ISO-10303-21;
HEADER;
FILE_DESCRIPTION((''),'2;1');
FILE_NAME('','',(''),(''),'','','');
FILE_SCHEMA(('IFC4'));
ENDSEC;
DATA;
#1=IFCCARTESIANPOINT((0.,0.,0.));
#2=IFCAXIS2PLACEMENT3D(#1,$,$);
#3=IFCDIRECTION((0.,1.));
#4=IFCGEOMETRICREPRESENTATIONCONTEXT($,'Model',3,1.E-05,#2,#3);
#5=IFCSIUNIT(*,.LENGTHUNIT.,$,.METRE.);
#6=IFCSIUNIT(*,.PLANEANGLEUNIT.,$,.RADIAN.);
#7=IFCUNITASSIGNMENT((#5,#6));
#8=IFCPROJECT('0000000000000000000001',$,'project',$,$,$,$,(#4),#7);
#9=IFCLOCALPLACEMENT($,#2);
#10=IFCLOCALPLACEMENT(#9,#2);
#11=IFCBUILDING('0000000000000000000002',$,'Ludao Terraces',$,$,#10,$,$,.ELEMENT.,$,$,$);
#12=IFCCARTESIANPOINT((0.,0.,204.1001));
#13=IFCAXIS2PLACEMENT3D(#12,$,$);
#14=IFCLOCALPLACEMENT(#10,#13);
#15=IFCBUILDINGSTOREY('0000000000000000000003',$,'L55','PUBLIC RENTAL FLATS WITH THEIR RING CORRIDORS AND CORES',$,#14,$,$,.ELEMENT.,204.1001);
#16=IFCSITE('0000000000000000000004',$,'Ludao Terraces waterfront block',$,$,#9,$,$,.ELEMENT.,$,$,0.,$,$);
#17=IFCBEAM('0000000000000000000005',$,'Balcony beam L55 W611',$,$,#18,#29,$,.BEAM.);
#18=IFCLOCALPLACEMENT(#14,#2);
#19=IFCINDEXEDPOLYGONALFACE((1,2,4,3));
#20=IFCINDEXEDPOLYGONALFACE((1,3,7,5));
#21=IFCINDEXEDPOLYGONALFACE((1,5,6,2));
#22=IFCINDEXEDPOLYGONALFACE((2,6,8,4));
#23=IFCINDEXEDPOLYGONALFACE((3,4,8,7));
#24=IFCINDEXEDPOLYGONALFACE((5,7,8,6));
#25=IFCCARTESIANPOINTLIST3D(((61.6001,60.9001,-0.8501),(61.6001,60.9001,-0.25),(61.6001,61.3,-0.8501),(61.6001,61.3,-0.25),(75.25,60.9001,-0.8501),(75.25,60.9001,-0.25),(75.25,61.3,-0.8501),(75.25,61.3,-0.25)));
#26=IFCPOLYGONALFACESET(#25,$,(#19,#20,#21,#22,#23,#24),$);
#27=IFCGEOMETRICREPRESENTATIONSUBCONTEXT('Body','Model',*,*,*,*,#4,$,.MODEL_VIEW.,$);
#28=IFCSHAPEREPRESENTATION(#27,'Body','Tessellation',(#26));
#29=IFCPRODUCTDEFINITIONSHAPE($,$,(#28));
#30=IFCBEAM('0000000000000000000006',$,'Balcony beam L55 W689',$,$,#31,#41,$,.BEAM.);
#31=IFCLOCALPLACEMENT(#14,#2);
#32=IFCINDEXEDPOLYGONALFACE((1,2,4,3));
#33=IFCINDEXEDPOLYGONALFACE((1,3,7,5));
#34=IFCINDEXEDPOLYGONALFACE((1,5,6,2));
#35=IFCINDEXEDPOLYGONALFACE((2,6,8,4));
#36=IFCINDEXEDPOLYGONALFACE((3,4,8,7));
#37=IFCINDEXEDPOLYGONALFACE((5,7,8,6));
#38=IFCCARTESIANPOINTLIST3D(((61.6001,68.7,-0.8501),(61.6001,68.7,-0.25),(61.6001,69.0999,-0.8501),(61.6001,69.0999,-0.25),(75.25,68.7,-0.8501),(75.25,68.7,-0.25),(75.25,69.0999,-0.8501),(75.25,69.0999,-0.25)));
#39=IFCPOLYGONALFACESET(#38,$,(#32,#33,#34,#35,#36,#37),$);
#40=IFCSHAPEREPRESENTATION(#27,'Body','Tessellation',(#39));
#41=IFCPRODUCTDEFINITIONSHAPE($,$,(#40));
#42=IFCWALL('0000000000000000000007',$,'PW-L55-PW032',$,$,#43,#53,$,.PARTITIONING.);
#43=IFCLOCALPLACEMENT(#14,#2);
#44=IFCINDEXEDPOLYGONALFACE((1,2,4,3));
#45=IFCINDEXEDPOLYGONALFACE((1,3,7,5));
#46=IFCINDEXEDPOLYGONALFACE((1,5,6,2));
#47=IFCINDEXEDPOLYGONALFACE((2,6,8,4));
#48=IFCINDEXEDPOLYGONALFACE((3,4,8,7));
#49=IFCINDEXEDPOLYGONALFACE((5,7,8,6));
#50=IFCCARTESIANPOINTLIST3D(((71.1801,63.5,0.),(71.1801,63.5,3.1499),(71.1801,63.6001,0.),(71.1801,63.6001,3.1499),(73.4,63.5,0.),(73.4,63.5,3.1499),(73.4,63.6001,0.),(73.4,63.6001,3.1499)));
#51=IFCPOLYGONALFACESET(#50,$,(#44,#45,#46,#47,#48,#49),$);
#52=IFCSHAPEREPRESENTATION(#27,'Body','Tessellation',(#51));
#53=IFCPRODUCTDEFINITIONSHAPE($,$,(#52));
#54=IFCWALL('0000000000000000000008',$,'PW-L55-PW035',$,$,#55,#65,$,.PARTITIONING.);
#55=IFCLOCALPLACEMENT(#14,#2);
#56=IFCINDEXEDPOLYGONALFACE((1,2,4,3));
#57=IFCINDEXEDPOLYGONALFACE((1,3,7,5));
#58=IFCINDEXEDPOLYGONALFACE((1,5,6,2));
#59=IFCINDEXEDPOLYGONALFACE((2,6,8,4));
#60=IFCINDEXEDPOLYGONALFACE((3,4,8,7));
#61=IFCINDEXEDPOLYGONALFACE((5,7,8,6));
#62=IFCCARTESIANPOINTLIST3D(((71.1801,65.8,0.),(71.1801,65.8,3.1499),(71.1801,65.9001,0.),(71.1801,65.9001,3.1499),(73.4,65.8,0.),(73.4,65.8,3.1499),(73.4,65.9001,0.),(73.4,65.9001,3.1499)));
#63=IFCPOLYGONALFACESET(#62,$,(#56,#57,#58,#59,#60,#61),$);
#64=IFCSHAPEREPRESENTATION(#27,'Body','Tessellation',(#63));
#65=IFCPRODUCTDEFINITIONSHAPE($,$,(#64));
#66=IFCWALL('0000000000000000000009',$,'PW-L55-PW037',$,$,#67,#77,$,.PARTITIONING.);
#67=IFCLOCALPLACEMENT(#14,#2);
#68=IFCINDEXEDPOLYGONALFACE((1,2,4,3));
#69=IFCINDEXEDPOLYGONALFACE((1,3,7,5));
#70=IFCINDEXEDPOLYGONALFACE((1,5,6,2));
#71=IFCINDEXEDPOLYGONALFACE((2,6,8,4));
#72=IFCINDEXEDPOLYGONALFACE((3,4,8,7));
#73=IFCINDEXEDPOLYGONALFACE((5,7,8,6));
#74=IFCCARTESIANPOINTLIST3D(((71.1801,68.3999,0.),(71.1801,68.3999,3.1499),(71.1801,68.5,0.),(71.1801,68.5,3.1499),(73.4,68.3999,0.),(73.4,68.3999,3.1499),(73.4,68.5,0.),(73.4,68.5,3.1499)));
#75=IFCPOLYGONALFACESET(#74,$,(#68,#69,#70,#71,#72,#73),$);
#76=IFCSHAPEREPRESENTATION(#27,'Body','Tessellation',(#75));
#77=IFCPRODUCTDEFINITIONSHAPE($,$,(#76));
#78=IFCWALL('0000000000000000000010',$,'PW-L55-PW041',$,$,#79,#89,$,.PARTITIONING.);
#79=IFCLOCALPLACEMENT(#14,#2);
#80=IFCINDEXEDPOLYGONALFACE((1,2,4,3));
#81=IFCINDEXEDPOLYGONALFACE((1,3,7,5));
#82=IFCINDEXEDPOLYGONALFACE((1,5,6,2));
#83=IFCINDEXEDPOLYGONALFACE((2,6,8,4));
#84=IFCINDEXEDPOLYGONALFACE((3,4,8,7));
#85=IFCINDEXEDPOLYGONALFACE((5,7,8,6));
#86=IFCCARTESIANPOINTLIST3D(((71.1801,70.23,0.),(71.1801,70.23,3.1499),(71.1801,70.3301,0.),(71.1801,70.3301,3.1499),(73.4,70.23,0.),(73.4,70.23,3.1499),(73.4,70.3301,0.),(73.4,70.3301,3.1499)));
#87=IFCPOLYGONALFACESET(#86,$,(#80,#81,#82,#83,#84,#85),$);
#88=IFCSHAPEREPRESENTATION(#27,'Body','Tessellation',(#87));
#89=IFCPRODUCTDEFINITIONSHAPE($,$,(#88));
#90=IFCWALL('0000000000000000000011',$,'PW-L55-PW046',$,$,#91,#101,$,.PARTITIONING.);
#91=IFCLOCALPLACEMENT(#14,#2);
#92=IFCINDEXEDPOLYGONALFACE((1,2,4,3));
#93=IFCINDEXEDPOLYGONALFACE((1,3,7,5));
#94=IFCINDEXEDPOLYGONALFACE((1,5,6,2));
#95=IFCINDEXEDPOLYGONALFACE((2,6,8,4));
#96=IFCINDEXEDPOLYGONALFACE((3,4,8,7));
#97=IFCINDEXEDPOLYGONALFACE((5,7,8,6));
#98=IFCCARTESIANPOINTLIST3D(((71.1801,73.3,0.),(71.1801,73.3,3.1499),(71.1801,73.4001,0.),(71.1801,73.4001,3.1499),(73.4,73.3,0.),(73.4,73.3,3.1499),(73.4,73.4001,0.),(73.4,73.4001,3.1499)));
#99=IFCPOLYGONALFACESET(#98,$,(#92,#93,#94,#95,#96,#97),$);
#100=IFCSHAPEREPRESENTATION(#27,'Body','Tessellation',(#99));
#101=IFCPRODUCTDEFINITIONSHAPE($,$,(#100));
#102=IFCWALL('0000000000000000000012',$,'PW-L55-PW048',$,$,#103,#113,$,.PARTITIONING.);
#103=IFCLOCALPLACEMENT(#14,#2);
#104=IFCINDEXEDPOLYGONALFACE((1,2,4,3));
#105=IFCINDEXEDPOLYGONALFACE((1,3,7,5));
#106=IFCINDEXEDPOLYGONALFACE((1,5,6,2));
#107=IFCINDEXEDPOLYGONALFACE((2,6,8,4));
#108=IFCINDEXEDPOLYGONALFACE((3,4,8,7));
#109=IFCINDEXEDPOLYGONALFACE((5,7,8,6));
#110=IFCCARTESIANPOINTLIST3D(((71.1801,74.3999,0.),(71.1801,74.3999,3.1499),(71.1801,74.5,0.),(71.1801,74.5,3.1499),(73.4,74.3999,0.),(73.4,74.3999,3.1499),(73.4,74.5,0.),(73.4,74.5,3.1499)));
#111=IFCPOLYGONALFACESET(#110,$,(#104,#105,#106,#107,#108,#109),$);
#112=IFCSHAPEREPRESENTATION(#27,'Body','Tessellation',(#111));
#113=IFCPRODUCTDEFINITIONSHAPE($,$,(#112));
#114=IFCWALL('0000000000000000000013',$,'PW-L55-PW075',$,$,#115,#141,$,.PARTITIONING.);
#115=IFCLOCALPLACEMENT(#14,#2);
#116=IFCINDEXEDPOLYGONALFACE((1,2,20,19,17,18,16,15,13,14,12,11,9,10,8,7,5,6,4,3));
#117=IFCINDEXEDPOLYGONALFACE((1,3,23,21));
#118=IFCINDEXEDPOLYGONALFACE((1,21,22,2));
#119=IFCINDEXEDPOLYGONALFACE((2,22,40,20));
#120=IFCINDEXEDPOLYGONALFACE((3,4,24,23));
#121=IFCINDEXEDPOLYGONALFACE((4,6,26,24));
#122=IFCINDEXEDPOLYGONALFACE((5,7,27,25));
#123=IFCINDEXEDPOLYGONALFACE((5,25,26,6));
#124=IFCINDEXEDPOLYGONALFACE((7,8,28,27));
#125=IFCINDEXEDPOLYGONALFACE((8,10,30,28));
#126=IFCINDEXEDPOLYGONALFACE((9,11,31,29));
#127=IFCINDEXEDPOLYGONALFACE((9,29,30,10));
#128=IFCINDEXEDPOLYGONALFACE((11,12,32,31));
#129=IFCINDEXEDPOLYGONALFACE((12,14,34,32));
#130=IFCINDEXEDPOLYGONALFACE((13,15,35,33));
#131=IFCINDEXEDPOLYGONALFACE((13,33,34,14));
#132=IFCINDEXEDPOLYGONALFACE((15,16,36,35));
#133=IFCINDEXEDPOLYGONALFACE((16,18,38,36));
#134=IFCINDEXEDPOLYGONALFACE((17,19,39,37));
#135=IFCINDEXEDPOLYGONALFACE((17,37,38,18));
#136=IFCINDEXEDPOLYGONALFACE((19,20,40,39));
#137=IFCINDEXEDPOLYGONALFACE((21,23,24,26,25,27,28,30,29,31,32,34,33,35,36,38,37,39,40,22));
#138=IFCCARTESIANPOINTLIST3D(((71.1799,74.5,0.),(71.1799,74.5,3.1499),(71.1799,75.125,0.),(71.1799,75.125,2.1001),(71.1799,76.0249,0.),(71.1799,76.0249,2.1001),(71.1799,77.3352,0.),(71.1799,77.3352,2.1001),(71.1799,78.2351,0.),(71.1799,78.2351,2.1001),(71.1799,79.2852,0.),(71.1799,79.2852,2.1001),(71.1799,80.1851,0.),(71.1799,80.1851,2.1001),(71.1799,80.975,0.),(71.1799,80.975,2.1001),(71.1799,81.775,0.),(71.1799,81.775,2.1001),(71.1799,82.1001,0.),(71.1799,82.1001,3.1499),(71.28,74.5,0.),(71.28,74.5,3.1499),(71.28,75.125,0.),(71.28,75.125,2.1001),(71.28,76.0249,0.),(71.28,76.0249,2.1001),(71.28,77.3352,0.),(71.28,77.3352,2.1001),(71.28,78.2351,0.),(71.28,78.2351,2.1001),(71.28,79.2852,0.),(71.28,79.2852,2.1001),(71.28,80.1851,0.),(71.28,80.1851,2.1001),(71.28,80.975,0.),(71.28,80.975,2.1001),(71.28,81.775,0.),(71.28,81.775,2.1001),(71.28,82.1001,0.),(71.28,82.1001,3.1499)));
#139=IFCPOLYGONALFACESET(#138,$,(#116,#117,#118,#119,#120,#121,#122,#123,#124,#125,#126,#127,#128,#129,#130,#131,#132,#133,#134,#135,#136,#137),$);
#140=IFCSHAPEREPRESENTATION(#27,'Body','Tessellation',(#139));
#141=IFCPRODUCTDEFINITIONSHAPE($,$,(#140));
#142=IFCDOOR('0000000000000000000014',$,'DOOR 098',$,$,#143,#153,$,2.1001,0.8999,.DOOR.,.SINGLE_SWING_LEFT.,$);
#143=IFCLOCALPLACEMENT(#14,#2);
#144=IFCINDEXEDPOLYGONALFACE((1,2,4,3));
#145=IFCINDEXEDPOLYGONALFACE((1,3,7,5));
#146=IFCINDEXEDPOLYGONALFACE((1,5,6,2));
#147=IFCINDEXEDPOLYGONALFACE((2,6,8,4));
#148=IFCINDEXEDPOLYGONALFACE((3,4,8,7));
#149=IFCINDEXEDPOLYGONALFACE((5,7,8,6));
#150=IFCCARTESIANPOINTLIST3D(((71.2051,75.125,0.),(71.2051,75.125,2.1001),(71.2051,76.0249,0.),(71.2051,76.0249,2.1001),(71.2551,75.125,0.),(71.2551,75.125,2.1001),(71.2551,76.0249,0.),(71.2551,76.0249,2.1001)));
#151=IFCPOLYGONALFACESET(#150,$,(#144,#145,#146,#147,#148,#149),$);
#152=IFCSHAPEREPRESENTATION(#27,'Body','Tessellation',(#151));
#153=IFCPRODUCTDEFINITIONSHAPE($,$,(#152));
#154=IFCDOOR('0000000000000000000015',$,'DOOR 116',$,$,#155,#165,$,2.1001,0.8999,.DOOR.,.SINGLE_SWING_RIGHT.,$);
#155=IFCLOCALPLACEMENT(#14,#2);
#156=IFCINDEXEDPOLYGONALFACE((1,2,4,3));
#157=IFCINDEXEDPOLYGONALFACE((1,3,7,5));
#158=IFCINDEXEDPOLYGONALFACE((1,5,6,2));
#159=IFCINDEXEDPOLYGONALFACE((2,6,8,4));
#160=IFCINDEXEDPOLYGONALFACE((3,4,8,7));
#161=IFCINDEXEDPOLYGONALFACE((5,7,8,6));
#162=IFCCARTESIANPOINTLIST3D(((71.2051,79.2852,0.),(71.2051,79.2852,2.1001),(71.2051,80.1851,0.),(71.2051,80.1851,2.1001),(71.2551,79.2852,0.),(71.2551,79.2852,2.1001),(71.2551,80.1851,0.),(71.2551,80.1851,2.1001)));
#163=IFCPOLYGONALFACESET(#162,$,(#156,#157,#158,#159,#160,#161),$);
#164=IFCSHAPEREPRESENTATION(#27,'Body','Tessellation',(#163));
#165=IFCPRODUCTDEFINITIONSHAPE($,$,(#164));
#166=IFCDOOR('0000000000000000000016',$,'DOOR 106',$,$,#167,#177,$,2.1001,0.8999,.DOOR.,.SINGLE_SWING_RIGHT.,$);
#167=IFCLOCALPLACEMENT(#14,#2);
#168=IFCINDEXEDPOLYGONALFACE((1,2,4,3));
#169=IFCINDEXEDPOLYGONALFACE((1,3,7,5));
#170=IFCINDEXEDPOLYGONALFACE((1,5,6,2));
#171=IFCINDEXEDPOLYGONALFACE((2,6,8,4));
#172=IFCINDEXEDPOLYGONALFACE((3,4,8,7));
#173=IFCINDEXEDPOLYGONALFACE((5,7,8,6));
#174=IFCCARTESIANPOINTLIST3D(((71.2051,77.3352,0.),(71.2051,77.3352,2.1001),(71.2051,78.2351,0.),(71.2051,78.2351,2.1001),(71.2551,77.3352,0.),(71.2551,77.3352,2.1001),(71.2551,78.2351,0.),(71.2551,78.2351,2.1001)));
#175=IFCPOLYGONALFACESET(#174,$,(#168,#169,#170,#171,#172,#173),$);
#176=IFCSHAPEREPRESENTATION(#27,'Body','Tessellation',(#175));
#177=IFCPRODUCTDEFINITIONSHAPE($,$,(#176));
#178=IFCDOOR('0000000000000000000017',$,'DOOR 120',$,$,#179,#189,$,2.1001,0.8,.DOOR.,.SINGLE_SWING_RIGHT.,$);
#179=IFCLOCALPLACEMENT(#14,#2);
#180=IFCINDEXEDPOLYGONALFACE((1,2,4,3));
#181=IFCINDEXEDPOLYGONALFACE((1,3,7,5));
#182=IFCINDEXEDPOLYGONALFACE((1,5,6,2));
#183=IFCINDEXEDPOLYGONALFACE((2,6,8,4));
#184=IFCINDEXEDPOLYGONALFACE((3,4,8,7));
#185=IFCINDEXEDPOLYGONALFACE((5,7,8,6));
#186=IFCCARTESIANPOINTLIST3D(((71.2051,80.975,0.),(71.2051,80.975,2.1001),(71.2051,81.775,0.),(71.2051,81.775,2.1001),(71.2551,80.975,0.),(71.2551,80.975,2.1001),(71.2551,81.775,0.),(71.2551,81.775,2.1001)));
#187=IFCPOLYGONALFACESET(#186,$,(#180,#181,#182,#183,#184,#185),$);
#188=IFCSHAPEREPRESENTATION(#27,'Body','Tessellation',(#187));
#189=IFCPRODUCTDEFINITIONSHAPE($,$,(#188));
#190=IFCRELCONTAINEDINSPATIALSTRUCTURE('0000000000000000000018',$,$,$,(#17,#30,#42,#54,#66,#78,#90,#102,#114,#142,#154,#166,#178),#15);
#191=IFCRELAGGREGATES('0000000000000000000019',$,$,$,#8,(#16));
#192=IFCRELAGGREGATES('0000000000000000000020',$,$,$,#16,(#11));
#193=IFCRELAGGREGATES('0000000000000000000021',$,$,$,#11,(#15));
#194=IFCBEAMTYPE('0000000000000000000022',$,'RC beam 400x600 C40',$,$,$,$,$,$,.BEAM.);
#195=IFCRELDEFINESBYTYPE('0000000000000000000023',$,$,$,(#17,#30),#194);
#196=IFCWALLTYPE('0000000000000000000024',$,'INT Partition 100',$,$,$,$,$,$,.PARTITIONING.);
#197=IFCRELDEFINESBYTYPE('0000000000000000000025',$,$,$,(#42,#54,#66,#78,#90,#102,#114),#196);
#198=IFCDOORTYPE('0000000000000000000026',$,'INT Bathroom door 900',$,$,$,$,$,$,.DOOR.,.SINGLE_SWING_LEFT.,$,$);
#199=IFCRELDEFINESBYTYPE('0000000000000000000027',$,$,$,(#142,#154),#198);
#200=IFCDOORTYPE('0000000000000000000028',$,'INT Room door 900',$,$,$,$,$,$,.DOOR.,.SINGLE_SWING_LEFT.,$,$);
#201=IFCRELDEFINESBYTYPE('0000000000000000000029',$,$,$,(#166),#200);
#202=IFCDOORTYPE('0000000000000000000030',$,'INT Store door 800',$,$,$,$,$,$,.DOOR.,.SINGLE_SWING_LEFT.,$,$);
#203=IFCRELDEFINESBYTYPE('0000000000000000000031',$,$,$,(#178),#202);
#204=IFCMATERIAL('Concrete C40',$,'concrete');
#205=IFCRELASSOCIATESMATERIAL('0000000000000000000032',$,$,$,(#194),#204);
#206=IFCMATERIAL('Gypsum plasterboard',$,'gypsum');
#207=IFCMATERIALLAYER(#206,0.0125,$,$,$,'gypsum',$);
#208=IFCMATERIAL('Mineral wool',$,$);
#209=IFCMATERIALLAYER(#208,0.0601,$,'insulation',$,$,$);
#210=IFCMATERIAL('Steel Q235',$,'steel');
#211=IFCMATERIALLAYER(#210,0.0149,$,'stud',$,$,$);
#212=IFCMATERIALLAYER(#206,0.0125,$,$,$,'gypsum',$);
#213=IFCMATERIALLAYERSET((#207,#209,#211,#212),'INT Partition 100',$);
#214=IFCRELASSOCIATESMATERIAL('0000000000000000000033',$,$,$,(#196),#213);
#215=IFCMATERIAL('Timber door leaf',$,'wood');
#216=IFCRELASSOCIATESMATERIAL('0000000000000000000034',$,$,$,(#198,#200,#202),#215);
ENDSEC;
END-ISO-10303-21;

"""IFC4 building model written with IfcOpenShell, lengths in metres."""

from ifc_helpers import new_model, si_unit, direction, frame, frame_2d, origin, origin_2d, place, context, subcontext, project, spatial, rectangle, extrude, material, layer, layer_set, material_profile, profile_set, type_object, element, fill, save


model = new_model("IFC4")

# Units and contexts
model_context = context("Model", 3, precision=1e-05, world=origin(), true_north=direction((0.0, 1.0)))
body_context = subcontext(model_context, "Body", "Model", "MODEL_VIEW")
ifc_project = project(units=[si_unit("LENGTHUNIT", "METRE"), si_unit("PLANEANGLEUNIT", "RADIAN")], contexts=[model_context])

# Site, building, storey
site_placement = place(None, origin())
site = spatial("IfcSite", under=ifc_project, at=site_placement, Name="Ludao Terraces waterfront block", CompositionType="ELEMENT", RefElevation=0.0)
building_placement = place(site_placement, origin())
building = spatial("IfcBuilding", under=site, at=building_placement, Name="Ludao Terraces", CompositionType="ELEMENT")
storey_placement = place(building_placement, frame((0.0, 0.0, 204.1001)))
storey = spatial("IfcBuildingStorey", under=building, at=storey_placement, Name="L55", Description="PUBLIC RENTAL FLATS WITH THEIR RING CORRIDORS AND CORES", CompositionType="ELEMENT", Elevation=204.1001)

# Beams
ifc_material_1 = material(Name="Concrete C40", Category="concrete")
ifc_material_profile = material_profile(ifc_material_1, rectangle(XDim=0.3999, YDim=0.6001, at=origin_2d()), Name="400 X 600")
ifc_profile_set = profile_set([ifc_material_profile], Name="Concrete C40")
beam_type = type_object("IfcBeamType", Name="RC beam 400x600 C40", PredefinedType="BEAM", material=ifc_profile_set)
for number, where, z_axis, x_axis, name in (
    (1, (75.25, 61.1001, -0.55), (-1.0, 0.0, 0.0), (0.0, -1.0, 0.0), "Balcony beam L55 W611"),
    (2, (75.25, 68.8999, -0.55), (-1.0, 0.0, 0.0), (0.0, -1.0, 0.0), "Balcony beam L55 W689"),
):
    element("IfcBeam", number, at=place(storey_placement, frame(where, z_axis=z_axis, x_axis=x_axis)), inside=storey, type_object=beam_type, Name=name, PredefinedType="BEAM", context=body_context, shape_type="SweptSolid", body=[
        extrude(rectangle(XDim=0.3999, YDim=0.6001, at=origin_2d()), origin(), (0.0, 0.0, 1.0), 13.6499),
    ])

# Walls
ifc_material_2 = material(Name="Gypsum plasterboard", Category="gypsum")
ifc_layer_1 = layer(ifc_material_2, 0.0125, Category="gypsum")
ifc_material_3 = material(Name="Mineral wool")
ifc_layer_2 = layer(ifc_material_3, 0.0601, Name="insulation")
ifc_material_4 = material(Name="Steel Q235", Category="steel")
ifc_layer_3 = layer(ifc_material_4, 0.0149, Name="stud")
ifc_layer_4 = layer(ifc_material_2, 0.0125, Category="gypsum")
ifc_layer_set_1 = layer_set([ifc_layer_1, ifc_layer_2, ifc_layer_3, ifc_layer_4], Name="INT Partition 100")
wall_type_1 = type_object("IfcWallType", Name="INT Partition 100", PredefinedType="PARTITIONING", material=ifc_layer_set_1)
for number, where, z_axis, x_axis, name in (
    (3, (71.1802, 63.55, 0.0), (0.0, 0.0, 1.0), (1.0, 0.0, 0.0), "PW-L55-PW032"),
    (4, (71.1802, 65.8501, 0.0), (0.0, 0.0, 1.0), (1.0, 0.0, 0.0), "PW-L55-PW035"),
    (5, (71.1802, 68.45, 0.0), (0.0, 0.0, 1.0), (1.0, 0.0, 0.0), "PW-L55-PW037"),
    (6, (71.1802, 70.28, 0.0), (0.0, 0.0, 1.0), (1.0, 0.0, 0.0), "PW-L55-PW041"),
    (7, (71.1802, 73.3501, 0.0), (0.0, 0.0, 1.0), (1.0, 0.0, 0.0), "PW-L55-PW046"),
    (8, (71.1802, 74.45, 0.0), (0.0, 0.0, 1.0), (1.0, 0.0, 0.0), "PW-L55-PW048"),
):
    element("IfcWall", number, at=place(storey_placement, frame(where, z_axis=z_axis, x_axis=x_axis)), inside=storey, type_object=wall_type_1, Name=name, PredefinedType="PARTITIONING", context=body_context, shape_type="SweptSolid", body=[
        extrude(rectangle(XDim=2.22, YDim=0.1001, at=frame_2d((1.1099, 0.0))), origin(), (0.0, 0.0, 1.0), 3.1499),
    ])

# Wall, openings, doors
wall_1_placement = place(storey_placement, frame((71.23, 74.5, 0.0), z_axis=(0.0, 0.0, 1.0), x_axis=(0.0, 1.0, 0.0)))
wall_1 = element("IfcWall", 9, at=wall_1_placement, inside=storey, type_object=wall_type_1, Name="PW-L55-PW075", PredefinedType="PARTITIONING", context=body_context, shape_type="SweptSolid", body=[
    extrude(rectangle(XDim=7.6001, YDim=0.1001, at=frame_2d((3.8, 0.0))), origin(), (0.0, 0.0, 1.0), 3.1499),
])
opening_1_placement = place(wall_1_placement, frame((0.625, 0.0, 0.0)))
opening_1 = element("IfcOpeningElement", 10, at=opening_1_placement, cuts=wall_1, PredefinedType="OPENING", context=body_context, shape_type="SweptSolid", body=[
    extrude(rectangle(XDim=0.8999, YDim=2.1001, at=frame_2d((0.45, 1.05))), frame((0.0, 0.0601, 0.0), z_axis=(0.0, -1.0, 0.0), x_axis=(1.0, 0.0, 0.0)), (0.0, 0.0, 1.0), 0.1201),
])
opening_2_placement = place(wall_1_placement, frame((2.8352, 0.0, 0.0)))
opening_2 = element("IfcOpeningElement", 11, at=opening_2_placement, cuts=wall_1, PredefinedType="OPENING", context=body_context, shape_type="SweptSolid", body=[
    extrude(rectangle(XDim=0.8999, YDim=2.1001, at=frame_2d((0.45, 1.05))), frame((0.0, 0.0601, 0.0), z_axis=(0.0, -1.0, 0.0), x_axis=(1.0, 0.0, 0.0)), (0.0, 0.0, 1.0), 0.1201),
])
opening_3_placement = place(wall_1_placement, frame((4.7852, 0.0, 0.0)))
opening_3 = element("IfcOpeningElement", 12, at=opening_3_placement, cuts=wall_1, PredefinedType="OPENING", context=body_context, shape_type="SweptSolid", body=[
    extrude(rectangle(XDim=0.8999, YDim=2.1001, at=frame_2d((0.45, 1.05))), frame((0.0, 0.0601, 0.0), z_axis=(0.0, -1.0, 0.0), x_axis=(1.0, 0.0, 0.0)), (0.0, 0.0, 1.0), 0.1201),
])
opening_4_placement = place(wall_1_placement, frame((6.4751, 0.0, 0.0)))
opening_4 = element("IfcOpeningElement", 13, at=opening_4_placement, cuts=wall_1, PredefinedType="OPENING", context=body_context, shape_type="SweptSolid", body=[
    extrude(rectangle(XDim=0.8, YDim=2.1001, at=frame_2d((0.3999, 1.05))), frame((0.0, 0.0601, 0.0), z_axis=(0.0, -1.0, 0.0), x_axis=(1.0, 0.0, 0.0)), (0.0, 0.0, 1.0), 0.1201),
])
ifc_material_5 = material(Name="Timber door leaf", Category="wood")
door_type_1 = type_object("IfcDoorType", Name="INT Bathroom door 900", OperationType="SINGLE_SWING_LEFT", PredefinedType="DOOR", material=ifc_material_5)
door_1_placement = place(opening_1_placement, origin())
door_1 = element("IfcDoor", 14, at=door_1_placement, inside=storey, type_object=door_type_1, Name="DOOR 098", OperationType="SINGLE_SWING_LEFT", OverallHeight=2.1001, OverallWidth=0.8999, PredefinedType="DOOR", context=body_context, shape_type="SweptSolid", body=[
    extrude(rectangle(XDim=0.8999, YDim=2.1001, at=frame_2d((0.45, 1.05))), frame((0.0, 0.0249, 0.0), z_axis=(0.0, -1.0, 0.0), x_axis=(1.0, 0.0, 0.0)), (0.0, 0.0, 1.0), 0.05),
])
fill(opening_1, door_1)
door_2_placement = place(opening_3_placement, origin())
door_2 = element("IfcDoor", 15, at=door_2_placement, inside=storey, type_object=door_type_1, Name="DOOR 116", OperationType="SINGLE_SWING_RIGHT", OverallHeight=2.1001, OverallWidth=0.8999, PredefinedType="DOOR", context=body_context, shape_type="SweptSolid", body=[
    extrude(rectangle(XDim=0.8999, YDim=2.1001, at=frame_2d((0.45, 1.05))), frame((0.0, 0.0249, 0.0), z_axis=(0.0, -1.0, 0.0), x_axis=(1.0, 0.0, 0.0)), (0.0, 0.0, 1.0), 0.05),
])
fill(opening_3, door_2)
door_type_2 = type_object("IfcDoorType", Name="INT Room door 900", OperationType="SINGLE_SWING_LEFT", PredefinedType="DOOR", material=ifc_material_5)
door_3_placement = place(opening_2_placement, origin())
door_3 = element("IfcDoor", 16, at=door_3_placement, inside=storey, type_object=door_type_2, Name="DOOR 106", OperationType="SINGLE_SWING_RIGHT", OverallHeight=2.1001, OverallWidth=0.8999, PredefinedType="DOOR", context=body_context, shape_type="SweptSolid", body=[
    extrude(rectangle(XDim=0.8999, YDim=2.1001, at=frame_2d((0.45, 1.05))), frame((0.0, 0.0249, 0.0), z_axis=(0.0, -1.0, 0.0), x_axis=(1.0, 0.0, 0.0)), (0.0, 0.0, 1.0), 0.05),
])
fill(opening_2, door_3)
door_type_3 = type_object("IfcDoorType", Name="INT Store door 800", OperationType="SINGLE_SWING_LEFT", PredefinedType="DOOR", material=ifc_material_5)
door_4_placement = place(opening_4_placement, origin())
door_4 = element("IfcDoor", 17, at=door_4_placement, inside=storey, type_object=door_type_3, Name="DOOR 120", OperationType="SINGLE_SWING_RIGHT", OverallHeight=2.1001, OverallWidth=0.8, PredefinedType="DOOR", context=body_context, shape_type="SweptSolid", body=[
    extrude(rectangle(XDim=0.8, YDim=2.1001, at=frame_2d((0.3999, 1.05))), frame((0.0, 0.0249, 0.0), z_axis=(0.0, -1.0, 0.0), x_axis=(1.0, 0.0, 0.0)), (0.0, 0.0, 1.0), 0.05),
])
fill(opening_4, door_4)

save(model, "model.ifc")
